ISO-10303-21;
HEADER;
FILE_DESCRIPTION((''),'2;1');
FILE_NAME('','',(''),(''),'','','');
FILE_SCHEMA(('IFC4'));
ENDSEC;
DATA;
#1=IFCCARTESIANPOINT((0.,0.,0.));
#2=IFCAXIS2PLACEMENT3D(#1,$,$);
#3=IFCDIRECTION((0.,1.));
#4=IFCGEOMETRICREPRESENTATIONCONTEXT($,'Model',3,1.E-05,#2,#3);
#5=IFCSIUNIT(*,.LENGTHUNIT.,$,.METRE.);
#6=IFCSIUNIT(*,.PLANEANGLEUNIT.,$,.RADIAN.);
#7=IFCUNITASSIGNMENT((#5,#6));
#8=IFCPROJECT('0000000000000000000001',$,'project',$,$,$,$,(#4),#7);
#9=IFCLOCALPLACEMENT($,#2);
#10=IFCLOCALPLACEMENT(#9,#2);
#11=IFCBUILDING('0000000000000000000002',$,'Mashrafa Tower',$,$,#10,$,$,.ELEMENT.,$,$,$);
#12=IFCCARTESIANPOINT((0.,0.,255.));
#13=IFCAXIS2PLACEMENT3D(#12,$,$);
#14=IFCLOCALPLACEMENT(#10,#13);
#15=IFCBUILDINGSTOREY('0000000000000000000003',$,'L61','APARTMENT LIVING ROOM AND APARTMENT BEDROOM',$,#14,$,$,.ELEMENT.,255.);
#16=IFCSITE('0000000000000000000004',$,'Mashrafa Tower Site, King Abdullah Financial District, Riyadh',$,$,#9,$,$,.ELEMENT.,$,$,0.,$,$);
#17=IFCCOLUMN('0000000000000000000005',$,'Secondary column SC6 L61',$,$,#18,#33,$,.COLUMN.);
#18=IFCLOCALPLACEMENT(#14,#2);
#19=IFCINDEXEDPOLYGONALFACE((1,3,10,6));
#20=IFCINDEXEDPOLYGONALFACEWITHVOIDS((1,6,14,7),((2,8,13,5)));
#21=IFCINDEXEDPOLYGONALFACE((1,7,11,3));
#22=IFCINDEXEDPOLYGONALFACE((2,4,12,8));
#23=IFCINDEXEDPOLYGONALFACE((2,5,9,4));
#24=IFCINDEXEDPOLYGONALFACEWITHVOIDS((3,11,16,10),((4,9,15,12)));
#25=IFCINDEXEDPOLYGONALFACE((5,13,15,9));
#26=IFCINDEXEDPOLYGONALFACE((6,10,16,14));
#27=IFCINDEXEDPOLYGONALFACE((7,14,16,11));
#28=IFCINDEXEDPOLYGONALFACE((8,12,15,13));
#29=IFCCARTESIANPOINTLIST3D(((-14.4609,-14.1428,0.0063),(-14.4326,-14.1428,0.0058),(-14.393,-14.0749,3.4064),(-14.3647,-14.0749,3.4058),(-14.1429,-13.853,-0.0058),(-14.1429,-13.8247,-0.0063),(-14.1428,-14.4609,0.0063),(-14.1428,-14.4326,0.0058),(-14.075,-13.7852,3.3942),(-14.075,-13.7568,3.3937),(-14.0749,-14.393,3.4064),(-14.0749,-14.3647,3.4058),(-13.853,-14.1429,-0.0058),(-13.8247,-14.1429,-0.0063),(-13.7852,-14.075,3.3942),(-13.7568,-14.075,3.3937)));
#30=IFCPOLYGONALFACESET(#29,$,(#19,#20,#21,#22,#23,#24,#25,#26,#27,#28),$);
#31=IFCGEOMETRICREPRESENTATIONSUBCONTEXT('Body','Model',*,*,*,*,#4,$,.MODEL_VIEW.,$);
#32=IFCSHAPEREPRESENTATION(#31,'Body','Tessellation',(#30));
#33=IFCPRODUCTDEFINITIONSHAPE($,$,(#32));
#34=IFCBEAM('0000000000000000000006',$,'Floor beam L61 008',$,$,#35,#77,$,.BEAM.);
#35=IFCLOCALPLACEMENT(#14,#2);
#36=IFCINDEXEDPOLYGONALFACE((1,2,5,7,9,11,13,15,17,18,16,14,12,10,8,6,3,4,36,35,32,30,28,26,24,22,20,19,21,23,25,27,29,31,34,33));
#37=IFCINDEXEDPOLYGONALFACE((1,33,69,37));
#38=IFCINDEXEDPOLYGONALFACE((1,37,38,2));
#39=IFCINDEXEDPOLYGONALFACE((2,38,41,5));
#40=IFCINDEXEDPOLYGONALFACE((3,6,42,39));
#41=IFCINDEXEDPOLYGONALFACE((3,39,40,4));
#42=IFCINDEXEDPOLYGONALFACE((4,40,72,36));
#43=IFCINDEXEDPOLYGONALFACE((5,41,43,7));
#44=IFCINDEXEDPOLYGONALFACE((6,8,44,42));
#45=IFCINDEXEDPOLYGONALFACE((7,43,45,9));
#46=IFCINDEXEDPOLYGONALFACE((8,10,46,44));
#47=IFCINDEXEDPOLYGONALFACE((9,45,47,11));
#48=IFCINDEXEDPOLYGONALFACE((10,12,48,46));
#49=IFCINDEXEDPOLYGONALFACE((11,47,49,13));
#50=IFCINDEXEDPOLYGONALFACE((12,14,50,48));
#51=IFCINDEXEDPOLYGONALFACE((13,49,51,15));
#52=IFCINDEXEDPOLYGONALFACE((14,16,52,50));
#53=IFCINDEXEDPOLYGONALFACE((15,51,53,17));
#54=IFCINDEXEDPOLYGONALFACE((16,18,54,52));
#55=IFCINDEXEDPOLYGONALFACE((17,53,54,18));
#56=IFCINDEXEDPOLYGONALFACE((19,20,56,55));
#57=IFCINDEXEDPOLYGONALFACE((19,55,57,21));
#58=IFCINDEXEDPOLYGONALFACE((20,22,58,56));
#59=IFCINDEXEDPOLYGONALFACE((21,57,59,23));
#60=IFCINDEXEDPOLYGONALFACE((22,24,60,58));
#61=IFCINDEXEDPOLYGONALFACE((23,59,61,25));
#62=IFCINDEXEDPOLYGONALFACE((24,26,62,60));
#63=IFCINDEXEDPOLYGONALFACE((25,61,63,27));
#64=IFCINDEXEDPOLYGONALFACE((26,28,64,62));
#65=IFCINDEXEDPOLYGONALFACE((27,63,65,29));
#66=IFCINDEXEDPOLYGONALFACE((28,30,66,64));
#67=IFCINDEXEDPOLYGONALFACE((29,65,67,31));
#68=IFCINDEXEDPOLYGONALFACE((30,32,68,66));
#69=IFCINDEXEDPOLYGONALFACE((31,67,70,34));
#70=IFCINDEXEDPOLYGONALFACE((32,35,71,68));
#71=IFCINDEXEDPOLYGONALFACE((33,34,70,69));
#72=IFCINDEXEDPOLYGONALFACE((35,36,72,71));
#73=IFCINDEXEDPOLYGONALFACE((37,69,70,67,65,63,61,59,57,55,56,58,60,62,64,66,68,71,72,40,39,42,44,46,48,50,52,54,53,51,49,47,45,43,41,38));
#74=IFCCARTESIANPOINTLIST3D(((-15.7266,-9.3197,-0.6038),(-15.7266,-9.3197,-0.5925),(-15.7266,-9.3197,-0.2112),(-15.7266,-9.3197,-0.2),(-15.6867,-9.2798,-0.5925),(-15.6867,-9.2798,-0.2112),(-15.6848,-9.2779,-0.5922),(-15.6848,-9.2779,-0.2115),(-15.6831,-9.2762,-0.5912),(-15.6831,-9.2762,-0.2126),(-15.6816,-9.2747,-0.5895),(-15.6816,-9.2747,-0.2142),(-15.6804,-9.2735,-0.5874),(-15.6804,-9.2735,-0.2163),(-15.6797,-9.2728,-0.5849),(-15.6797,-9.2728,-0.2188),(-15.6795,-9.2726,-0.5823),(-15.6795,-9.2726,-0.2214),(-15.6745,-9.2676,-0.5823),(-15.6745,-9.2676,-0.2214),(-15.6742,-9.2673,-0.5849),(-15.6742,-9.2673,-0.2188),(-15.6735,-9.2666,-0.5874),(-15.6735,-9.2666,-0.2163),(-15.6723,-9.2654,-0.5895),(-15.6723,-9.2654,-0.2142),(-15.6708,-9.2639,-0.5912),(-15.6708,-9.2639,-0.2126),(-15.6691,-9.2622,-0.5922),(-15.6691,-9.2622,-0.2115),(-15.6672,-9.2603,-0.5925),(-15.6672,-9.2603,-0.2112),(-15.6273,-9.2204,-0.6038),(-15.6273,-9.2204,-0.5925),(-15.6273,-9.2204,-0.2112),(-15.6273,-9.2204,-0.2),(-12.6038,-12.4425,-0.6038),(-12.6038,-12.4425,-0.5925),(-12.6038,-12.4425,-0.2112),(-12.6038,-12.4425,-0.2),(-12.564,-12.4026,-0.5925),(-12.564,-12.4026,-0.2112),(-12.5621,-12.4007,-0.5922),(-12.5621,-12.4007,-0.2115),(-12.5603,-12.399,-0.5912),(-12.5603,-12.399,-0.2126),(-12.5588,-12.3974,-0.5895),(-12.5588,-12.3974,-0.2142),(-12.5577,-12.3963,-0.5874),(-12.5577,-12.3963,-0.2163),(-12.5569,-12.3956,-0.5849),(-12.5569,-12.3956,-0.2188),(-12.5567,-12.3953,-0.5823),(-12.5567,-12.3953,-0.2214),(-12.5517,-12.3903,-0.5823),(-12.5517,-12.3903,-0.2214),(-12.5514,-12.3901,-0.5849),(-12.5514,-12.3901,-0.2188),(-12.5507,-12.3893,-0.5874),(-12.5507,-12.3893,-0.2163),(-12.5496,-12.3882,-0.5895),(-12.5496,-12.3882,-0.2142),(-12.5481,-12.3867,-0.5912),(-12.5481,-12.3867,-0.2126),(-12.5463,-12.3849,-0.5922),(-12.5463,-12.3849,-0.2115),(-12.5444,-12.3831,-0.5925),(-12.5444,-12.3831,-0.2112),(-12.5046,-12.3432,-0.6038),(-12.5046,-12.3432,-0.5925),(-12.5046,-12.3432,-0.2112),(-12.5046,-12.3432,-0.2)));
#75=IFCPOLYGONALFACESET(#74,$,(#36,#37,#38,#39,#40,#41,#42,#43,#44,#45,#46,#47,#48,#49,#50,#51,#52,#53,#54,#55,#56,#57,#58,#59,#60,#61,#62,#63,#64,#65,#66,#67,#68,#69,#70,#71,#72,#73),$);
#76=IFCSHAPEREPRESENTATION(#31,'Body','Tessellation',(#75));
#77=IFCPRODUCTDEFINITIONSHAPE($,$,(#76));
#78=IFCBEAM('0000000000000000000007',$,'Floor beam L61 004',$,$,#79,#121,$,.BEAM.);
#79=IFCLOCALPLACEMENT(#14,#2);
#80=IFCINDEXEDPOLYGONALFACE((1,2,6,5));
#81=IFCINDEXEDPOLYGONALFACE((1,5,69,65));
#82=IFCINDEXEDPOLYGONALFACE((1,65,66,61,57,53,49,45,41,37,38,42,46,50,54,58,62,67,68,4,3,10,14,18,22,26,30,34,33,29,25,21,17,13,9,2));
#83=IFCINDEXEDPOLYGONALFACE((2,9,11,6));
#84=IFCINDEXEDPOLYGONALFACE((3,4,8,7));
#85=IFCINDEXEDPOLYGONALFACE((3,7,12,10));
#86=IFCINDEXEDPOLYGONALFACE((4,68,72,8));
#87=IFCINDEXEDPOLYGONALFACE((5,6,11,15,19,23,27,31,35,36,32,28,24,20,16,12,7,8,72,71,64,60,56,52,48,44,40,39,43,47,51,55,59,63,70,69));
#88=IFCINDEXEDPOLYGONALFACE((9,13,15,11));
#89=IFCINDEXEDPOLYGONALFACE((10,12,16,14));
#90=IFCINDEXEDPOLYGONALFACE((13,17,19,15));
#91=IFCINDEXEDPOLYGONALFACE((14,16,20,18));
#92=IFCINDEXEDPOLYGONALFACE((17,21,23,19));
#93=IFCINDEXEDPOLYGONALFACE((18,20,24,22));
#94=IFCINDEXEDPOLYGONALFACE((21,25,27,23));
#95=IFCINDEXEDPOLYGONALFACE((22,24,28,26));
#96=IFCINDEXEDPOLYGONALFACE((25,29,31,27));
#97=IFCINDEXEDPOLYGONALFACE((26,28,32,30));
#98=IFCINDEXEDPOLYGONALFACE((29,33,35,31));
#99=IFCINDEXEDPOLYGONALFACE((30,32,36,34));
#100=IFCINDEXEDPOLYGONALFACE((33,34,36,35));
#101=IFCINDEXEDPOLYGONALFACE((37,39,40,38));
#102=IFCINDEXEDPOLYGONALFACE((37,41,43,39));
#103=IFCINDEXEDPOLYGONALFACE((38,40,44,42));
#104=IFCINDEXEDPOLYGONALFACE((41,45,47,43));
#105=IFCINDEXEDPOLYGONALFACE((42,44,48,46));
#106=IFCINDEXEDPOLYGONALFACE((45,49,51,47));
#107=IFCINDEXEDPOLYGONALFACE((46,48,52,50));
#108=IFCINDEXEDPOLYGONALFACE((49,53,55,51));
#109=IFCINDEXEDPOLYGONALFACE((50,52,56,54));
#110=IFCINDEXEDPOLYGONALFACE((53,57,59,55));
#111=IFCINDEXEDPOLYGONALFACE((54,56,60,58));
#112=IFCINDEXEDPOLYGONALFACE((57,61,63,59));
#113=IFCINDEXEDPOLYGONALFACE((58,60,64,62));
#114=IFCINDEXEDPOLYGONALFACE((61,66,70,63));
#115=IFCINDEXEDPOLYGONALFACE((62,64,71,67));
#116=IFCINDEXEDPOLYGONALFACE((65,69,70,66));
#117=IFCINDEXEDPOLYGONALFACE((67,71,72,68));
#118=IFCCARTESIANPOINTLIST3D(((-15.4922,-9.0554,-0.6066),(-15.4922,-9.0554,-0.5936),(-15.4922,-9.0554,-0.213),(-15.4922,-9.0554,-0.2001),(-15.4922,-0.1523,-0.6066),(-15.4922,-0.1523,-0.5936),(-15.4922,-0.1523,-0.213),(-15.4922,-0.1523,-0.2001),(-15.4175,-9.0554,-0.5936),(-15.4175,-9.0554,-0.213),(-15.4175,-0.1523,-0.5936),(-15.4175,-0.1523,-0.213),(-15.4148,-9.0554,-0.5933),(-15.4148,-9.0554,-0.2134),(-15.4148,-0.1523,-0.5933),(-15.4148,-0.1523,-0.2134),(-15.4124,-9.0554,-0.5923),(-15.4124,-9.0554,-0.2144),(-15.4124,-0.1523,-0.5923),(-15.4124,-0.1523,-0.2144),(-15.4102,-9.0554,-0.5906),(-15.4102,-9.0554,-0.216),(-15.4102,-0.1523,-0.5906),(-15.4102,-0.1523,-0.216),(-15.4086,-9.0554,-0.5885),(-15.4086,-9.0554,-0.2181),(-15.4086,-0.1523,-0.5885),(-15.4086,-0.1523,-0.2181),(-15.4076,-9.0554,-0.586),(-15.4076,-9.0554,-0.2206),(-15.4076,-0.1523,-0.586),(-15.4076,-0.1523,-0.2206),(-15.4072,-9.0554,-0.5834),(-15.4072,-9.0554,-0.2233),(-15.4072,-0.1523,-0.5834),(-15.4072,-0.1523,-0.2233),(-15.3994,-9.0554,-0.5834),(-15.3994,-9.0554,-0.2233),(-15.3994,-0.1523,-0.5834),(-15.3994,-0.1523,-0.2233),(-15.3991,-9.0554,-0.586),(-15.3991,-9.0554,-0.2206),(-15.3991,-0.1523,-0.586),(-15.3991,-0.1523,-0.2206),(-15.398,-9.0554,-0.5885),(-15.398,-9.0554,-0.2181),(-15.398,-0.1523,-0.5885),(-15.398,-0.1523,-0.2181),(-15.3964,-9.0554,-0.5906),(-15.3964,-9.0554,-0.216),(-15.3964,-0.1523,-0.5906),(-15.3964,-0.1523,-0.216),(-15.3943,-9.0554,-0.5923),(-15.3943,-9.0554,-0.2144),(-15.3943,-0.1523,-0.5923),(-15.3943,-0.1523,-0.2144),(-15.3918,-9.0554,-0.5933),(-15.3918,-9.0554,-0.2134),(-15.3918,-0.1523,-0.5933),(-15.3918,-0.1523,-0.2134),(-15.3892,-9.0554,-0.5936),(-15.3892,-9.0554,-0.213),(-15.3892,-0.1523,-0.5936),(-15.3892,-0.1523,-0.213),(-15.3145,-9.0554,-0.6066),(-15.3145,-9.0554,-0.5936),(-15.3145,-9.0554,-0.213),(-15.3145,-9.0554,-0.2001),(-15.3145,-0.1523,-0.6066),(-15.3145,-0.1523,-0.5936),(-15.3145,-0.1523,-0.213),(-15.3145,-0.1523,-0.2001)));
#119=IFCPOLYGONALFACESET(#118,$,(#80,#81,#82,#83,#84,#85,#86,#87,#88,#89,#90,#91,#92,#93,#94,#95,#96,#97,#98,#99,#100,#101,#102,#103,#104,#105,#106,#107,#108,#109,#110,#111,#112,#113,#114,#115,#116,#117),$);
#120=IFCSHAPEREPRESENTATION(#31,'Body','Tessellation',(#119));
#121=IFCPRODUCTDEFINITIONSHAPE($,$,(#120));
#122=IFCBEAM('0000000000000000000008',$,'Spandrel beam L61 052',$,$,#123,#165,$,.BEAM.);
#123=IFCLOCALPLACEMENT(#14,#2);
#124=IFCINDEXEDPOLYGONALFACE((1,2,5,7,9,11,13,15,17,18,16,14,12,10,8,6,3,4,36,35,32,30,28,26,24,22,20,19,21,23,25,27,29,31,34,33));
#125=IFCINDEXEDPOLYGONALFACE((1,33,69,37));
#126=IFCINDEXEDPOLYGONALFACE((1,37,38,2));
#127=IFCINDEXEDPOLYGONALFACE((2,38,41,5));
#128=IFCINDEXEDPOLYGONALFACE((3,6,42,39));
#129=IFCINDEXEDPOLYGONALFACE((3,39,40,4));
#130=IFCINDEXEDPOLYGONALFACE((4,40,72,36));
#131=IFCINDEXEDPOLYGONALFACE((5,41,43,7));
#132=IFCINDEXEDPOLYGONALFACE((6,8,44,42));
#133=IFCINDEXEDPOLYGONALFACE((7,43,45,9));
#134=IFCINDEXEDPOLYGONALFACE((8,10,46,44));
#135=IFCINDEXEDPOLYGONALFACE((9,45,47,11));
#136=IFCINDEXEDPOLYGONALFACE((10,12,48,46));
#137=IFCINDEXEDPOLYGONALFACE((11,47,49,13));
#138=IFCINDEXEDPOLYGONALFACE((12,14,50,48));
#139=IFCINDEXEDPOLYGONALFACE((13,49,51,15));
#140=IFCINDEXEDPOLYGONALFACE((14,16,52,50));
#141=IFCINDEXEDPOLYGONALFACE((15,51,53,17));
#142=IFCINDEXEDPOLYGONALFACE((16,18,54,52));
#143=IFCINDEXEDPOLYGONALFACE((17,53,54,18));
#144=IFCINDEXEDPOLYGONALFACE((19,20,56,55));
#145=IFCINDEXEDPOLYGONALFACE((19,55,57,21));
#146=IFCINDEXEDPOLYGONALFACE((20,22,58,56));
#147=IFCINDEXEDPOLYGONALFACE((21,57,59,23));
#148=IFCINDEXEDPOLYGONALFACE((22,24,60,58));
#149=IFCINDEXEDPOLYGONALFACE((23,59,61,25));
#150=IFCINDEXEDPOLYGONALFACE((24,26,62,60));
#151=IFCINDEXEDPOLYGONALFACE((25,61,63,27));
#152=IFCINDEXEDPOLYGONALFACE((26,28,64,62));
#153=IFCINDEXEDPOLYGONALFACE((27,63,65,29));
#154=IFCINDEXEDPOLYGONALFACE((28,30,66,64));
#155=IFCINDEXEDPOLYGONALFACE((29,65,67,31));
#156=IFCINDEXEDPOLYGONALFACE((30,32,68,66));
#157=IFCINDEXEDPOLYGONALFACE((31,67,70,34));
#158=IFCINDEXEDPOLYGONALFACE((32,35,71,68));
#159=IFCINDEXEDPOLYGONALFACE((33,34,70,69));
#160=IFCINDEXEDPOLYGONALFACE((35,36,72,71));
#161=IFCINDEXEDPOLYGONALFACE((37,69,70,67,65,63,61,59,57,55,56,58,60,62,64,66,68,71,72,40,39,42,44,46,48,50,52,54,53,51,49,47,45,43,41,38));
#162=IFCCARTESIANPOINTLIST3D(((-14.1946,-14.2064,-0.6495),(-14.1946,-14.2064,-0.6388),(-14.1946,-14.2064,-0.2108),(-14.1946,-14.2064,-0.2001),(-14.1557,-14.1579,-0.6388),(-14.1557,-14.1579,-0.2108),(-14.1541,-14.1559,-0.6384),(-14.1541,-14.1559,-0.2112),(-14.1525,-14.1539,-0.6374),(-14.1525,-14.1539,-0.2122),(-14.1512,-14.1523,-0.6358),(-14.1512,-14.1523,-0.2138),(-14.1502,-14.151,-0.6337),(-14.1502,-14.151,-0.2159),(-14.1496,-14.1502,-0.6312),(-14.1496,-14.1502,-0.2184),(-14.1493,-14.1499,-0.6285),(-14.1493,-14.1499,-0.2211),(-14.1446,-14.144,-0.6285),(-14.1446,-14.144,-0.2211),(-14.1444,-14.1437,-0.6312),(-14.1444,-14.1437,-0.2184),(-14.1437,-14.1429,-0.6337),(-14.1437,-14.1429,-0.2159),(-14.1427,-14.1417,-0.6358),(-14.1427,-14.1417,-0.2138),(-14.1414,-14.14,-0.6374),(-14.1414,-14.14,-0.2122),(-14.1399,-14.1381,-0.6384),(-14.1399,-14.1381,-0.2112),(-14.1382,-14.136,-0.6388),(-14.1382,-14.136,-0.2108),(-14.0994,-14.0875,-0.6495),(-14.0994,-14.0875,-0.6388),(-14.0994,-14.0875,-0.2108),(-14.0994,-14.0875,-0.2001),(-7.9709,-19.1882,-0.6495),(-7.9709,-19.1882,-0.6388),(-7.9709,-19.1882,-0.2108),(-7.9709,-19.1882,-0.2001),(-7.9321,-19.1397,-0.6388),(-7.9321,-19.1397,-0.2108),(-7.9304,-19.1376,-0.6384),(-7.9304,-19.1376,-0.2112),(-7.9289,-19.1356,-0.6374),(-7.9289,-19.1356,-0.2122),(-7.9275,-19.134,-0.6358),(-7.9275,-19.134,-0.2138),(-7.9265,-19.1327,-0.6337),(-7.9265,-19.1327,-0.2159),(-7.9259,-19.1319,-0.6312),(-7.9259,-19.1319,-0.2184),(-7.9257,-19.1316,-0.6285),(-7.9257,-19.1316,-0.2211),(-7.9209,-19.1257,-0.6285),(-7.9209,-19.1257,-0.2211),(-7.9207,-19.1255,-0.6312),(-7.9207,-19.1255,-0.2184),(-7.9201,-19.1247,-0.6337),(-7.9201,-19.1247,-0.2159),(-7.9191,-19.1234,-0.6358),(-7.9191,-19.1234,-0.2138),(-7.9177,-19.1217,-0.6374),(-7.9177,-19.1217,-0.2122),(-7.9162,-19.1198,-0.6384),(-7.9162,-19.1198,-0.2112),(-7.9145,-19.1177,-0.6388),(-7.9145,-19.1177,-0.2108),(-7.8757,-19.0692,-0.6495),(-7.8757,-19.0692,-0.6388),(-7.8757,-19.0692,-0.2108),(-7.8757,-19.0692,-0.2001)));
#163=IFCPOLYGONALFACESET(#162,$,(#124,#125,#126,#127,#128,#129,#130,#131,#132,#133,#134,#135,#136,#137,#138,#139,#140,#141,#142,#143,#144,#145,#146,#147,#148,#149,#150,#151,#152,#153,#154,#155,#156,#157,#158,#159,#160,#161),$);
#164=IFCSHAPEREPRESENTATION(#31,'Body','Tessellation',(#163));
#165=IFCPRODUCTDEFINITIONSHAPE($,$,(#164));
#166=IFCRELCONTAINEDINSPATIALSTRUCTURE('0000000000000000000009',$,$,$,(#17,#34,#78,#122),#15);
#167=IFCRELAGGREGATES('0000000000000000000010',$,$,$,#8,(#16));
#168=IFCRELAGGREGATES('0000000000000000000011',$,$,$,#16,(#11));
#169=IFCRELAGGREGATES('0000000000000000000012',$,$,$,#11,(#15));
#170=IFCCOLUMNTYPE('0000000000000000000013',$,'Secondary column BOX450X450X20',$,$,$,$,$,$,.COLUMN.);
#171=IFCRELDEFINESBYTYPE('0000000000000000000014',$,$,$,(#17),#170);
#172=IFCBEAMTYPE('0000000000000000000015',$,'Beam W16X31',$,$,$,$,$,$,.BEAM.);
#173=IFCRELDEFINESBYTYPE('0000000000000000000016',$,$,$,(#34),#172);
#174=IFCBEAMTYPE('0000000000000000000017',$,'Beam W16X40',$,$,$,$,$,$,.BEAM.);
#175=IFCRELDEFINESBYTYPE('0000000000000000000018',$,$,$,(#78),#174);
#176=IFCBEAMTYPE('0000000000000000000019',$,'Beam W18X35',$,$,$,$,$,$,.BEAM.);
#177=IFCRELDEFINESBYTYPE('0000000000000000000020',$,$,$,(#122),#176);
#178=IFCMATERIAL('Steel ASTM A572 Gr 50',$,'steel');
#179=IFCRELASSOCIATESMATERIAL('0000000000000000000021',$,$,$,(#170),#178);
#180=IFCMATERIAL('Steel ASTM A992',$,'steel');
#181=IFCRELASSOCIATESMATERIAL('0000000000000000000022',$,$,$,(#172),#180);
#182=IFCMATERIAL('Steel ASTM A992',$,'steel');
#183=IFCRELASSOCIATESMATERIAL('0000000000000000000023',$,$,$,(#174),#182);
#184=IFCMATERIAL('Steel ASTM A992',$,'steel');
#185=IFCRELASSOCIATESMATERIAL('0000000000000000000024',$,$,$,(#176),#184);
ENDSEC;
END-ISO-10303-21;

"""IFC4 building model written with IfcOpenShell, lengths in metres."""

from ifc_helpers import new_model, si_unit, direction, frame, origin, origin_2d, place, context, subcontext, project, spatial, hollow_rectangle, i_section, extrude, material, material_profile, profile_set, type_object, element, save


model = new_model("IFC4")

# Units and contexts
model_context = context("Model", 3, precision=1e-05, world=origin(), true_north=direction((0.0, 1.0)))
body_context = subcontext(model_context, "Body", "Model", "MODEL_VIEW")
ifc_project = project(units=[si_unit("LENGTHUNIT", "METRE"), si_unit("PLANEANGLEUNIT", "RADIAN")], contexts=[model_context])

# Site, building, storey
site_placement = place(None, origin())
site = spatial("IfcSite", under=ifc_project, at=site_placement, Name="Mashrafa Tower Site, King Abdullah Financial District, Riyadh", CompositionType="ELEMENT", RefElevation=0.0)
building_placement = place(site_placement, origin())
building = spatial("IfcBuilding", under=site, at=building_placement, Name="Mashrafa Tower", CompositionType="ELEMENT")
storey_placement = place(building_placement, frame((0.0, 0.0, 255.0)))
storey = spatial("IfcBuildingStorey", under=building, at=storey_placement, Name="L61", Description="APARTMENT LIVING ROOM AND APARTMENT BEDROOM", CompositionType="ELEMENT", Elevation=255.0)

# Column
ifc_material_1 = material(Name="Steel ASTM A572 Gr 50", Category="steel")
ifc_material_profile_1 = material_profile(ifc_material_1, hollow_rectangle(XDim=0.45, YDim=0.45, WallThickness=0.02, at=origin_2d()), Name="BOX450X450X20")
ifc_profile_set_1 = profile_set([ifc_material_profile_1], Name="Steel ASTM A572 Gr 50")
column_type = type_object("IfcColumnType", Name="Secondary column BOX450X450X20", PredefinedType="COLUMN", material=ifc_profile_set_1)
column_placement = place(storey_placement, frame((-14.1428, -14.1428, 0.0), z_axis=(0.019955, 0.019955, 0.999602), x_axis=(-0.707107, 0.707107, 0.0)))
element("IfcColumn", 1, at=column_placement, inside=storey, type_object=column_type, Name="Secondary column SC6 L61", PredefinedType="COLUMN", context=body_context, shape_type="SweptSolid", body=[
    extrude(hollow_rectangle(XDim=0.45, YDim=0.45, WallThickness=0.02, at=origin_2d()), origin(), (0.0, 0.0, 1.0), 3.4014),
])

# Beams
ifc_material_2 = material(Name="Steel ASTM A992", Category="steel")
ifc_material_profile_2 = material_profile(ifc_material_2, i_section(OverallWidth=0.1404, OverallDepth=0.4038, WebThickness=0.0071, FlangeThickness=0.0112, FilletRadius=0.0103, at=origin_2d()), Name="W16X31")
ifc_profile_set_2 = profile_set([ifc_material_profile_2], Name="Steel ASTM A992")
beam_type_1 = type_object("IfcBeamType", Name="Beam W16X31", PredefinedType="BEAM", material=ifc_profile_set_2)
beam_1_placement = place(storey_placement, frame((-12.5542, -12.3928, -0.4019), z_axis=(-0.707107, 0.707107, 0.0), x_axis=(-0.707107, -0.707107, 0.0)))
element("IfcBeam", 2, at=beam_1_placement, inside=storey, type_object=beam_type_1, Name="Floor beam L61 008", PredefinedType="BEAM", context=body_context, shape_type="SweptSolid", body=[
    extrude(i_section(OverallWidth=0.1404, OverallDepth=0.4038, WebThickness=0.0071, FlangeThickness=0.0112, FilletRadius=0.0103, at=origin_2d()), origin(), (0.0, 0.0, 1.0), 4.4163),
])
ifc_material_3 = material(Name="Steel ASTM A992", Category="steel")
ifc_material_profile_3 = material_profile(ifc_material_3, i_section(OverallWidth=0.1777, OverallDepth=0.4065, WebThickness=0.0078, FlangeThickness=0.0129, FilletRadius=0.0103, at=origin_2d()), Name="W16X40")
ifc_profile_set_3 = profile_set([ifc_material_profile_3], Name="Steel ASTM A992")
beam_type_2 = type_object("IfcBeamType", Name="Beam W16X40", PredefinedType="BEAM", material=ifc_profile_set_3)
beam_2_placement = place(storey_placement, frame((-15.4033, -9.0554, -0.4033), z_axis=(0.0, 1.0, 0.0), x_axis=(-1.0, 0.0, 0.0)))
element("IfcBeam", 3, at=beam_2_placement, inside=storey, type_object=beam_type_2, Name="Floor beam L61 004", PredefinedType="BEAM", context=body_context, shape_type="SweptSolid", body=[
    extrude(i_section(OverallWidth=0.1777, OverallDepth=0.4065, WebThickness=0.0078, FlangeThickness=0.0129, FilletRadius=0.0103, at=origin_2d()), origin(), (0.0, 0.0, 1.0), 8.9031),
])
ifc_material_4 = material(Name="Steel ASTM A992", Category="steel")
ifc_material_profile_4 = material_profile(ifc_material_4, i_section(OverallWidth=0.1523, OverallDepth=0.4495, WebThickness=0.0076, FlangeThickness=0.0107, FilletRadius=0.0103, at=origin_2d()), Name="W18X35")
ifc_profile_set_4 = profile_set([ifc_material_profile_4], Name="Steel ASTM A992")
beam_type_3 = type_object("IfcBeamType", Name="Beam W18X35", PredefinedType="BEAM", material=ifc_profile_set_4)
beam_3_placement = place(storey_placement, frame((-14.147, -14.147, -0.4248), z_axis=(0.780698, -0.624908, 0.0), x_axis=(0.624908, 0.780698, 0.0)))
element("IfcBeam", 4, at=beam_3_placement, inside=storey, type_object=beam_type_3, Name="Spandrel beam L61 052", PredefinedType="BEAM", context=body_context, shape_type="SweptSolid", body=[
    extrude(i_section(OverallWidth=0.1523, OverallDepth=0.4495, WebThickness=0.0076, FlangeThickness=0.0107, FilletRadius=0.0103, at=origin_2d()), origin(), (0.0, 0.0, 1.0), 7.9719),
])

save(model, "model.ifc")
